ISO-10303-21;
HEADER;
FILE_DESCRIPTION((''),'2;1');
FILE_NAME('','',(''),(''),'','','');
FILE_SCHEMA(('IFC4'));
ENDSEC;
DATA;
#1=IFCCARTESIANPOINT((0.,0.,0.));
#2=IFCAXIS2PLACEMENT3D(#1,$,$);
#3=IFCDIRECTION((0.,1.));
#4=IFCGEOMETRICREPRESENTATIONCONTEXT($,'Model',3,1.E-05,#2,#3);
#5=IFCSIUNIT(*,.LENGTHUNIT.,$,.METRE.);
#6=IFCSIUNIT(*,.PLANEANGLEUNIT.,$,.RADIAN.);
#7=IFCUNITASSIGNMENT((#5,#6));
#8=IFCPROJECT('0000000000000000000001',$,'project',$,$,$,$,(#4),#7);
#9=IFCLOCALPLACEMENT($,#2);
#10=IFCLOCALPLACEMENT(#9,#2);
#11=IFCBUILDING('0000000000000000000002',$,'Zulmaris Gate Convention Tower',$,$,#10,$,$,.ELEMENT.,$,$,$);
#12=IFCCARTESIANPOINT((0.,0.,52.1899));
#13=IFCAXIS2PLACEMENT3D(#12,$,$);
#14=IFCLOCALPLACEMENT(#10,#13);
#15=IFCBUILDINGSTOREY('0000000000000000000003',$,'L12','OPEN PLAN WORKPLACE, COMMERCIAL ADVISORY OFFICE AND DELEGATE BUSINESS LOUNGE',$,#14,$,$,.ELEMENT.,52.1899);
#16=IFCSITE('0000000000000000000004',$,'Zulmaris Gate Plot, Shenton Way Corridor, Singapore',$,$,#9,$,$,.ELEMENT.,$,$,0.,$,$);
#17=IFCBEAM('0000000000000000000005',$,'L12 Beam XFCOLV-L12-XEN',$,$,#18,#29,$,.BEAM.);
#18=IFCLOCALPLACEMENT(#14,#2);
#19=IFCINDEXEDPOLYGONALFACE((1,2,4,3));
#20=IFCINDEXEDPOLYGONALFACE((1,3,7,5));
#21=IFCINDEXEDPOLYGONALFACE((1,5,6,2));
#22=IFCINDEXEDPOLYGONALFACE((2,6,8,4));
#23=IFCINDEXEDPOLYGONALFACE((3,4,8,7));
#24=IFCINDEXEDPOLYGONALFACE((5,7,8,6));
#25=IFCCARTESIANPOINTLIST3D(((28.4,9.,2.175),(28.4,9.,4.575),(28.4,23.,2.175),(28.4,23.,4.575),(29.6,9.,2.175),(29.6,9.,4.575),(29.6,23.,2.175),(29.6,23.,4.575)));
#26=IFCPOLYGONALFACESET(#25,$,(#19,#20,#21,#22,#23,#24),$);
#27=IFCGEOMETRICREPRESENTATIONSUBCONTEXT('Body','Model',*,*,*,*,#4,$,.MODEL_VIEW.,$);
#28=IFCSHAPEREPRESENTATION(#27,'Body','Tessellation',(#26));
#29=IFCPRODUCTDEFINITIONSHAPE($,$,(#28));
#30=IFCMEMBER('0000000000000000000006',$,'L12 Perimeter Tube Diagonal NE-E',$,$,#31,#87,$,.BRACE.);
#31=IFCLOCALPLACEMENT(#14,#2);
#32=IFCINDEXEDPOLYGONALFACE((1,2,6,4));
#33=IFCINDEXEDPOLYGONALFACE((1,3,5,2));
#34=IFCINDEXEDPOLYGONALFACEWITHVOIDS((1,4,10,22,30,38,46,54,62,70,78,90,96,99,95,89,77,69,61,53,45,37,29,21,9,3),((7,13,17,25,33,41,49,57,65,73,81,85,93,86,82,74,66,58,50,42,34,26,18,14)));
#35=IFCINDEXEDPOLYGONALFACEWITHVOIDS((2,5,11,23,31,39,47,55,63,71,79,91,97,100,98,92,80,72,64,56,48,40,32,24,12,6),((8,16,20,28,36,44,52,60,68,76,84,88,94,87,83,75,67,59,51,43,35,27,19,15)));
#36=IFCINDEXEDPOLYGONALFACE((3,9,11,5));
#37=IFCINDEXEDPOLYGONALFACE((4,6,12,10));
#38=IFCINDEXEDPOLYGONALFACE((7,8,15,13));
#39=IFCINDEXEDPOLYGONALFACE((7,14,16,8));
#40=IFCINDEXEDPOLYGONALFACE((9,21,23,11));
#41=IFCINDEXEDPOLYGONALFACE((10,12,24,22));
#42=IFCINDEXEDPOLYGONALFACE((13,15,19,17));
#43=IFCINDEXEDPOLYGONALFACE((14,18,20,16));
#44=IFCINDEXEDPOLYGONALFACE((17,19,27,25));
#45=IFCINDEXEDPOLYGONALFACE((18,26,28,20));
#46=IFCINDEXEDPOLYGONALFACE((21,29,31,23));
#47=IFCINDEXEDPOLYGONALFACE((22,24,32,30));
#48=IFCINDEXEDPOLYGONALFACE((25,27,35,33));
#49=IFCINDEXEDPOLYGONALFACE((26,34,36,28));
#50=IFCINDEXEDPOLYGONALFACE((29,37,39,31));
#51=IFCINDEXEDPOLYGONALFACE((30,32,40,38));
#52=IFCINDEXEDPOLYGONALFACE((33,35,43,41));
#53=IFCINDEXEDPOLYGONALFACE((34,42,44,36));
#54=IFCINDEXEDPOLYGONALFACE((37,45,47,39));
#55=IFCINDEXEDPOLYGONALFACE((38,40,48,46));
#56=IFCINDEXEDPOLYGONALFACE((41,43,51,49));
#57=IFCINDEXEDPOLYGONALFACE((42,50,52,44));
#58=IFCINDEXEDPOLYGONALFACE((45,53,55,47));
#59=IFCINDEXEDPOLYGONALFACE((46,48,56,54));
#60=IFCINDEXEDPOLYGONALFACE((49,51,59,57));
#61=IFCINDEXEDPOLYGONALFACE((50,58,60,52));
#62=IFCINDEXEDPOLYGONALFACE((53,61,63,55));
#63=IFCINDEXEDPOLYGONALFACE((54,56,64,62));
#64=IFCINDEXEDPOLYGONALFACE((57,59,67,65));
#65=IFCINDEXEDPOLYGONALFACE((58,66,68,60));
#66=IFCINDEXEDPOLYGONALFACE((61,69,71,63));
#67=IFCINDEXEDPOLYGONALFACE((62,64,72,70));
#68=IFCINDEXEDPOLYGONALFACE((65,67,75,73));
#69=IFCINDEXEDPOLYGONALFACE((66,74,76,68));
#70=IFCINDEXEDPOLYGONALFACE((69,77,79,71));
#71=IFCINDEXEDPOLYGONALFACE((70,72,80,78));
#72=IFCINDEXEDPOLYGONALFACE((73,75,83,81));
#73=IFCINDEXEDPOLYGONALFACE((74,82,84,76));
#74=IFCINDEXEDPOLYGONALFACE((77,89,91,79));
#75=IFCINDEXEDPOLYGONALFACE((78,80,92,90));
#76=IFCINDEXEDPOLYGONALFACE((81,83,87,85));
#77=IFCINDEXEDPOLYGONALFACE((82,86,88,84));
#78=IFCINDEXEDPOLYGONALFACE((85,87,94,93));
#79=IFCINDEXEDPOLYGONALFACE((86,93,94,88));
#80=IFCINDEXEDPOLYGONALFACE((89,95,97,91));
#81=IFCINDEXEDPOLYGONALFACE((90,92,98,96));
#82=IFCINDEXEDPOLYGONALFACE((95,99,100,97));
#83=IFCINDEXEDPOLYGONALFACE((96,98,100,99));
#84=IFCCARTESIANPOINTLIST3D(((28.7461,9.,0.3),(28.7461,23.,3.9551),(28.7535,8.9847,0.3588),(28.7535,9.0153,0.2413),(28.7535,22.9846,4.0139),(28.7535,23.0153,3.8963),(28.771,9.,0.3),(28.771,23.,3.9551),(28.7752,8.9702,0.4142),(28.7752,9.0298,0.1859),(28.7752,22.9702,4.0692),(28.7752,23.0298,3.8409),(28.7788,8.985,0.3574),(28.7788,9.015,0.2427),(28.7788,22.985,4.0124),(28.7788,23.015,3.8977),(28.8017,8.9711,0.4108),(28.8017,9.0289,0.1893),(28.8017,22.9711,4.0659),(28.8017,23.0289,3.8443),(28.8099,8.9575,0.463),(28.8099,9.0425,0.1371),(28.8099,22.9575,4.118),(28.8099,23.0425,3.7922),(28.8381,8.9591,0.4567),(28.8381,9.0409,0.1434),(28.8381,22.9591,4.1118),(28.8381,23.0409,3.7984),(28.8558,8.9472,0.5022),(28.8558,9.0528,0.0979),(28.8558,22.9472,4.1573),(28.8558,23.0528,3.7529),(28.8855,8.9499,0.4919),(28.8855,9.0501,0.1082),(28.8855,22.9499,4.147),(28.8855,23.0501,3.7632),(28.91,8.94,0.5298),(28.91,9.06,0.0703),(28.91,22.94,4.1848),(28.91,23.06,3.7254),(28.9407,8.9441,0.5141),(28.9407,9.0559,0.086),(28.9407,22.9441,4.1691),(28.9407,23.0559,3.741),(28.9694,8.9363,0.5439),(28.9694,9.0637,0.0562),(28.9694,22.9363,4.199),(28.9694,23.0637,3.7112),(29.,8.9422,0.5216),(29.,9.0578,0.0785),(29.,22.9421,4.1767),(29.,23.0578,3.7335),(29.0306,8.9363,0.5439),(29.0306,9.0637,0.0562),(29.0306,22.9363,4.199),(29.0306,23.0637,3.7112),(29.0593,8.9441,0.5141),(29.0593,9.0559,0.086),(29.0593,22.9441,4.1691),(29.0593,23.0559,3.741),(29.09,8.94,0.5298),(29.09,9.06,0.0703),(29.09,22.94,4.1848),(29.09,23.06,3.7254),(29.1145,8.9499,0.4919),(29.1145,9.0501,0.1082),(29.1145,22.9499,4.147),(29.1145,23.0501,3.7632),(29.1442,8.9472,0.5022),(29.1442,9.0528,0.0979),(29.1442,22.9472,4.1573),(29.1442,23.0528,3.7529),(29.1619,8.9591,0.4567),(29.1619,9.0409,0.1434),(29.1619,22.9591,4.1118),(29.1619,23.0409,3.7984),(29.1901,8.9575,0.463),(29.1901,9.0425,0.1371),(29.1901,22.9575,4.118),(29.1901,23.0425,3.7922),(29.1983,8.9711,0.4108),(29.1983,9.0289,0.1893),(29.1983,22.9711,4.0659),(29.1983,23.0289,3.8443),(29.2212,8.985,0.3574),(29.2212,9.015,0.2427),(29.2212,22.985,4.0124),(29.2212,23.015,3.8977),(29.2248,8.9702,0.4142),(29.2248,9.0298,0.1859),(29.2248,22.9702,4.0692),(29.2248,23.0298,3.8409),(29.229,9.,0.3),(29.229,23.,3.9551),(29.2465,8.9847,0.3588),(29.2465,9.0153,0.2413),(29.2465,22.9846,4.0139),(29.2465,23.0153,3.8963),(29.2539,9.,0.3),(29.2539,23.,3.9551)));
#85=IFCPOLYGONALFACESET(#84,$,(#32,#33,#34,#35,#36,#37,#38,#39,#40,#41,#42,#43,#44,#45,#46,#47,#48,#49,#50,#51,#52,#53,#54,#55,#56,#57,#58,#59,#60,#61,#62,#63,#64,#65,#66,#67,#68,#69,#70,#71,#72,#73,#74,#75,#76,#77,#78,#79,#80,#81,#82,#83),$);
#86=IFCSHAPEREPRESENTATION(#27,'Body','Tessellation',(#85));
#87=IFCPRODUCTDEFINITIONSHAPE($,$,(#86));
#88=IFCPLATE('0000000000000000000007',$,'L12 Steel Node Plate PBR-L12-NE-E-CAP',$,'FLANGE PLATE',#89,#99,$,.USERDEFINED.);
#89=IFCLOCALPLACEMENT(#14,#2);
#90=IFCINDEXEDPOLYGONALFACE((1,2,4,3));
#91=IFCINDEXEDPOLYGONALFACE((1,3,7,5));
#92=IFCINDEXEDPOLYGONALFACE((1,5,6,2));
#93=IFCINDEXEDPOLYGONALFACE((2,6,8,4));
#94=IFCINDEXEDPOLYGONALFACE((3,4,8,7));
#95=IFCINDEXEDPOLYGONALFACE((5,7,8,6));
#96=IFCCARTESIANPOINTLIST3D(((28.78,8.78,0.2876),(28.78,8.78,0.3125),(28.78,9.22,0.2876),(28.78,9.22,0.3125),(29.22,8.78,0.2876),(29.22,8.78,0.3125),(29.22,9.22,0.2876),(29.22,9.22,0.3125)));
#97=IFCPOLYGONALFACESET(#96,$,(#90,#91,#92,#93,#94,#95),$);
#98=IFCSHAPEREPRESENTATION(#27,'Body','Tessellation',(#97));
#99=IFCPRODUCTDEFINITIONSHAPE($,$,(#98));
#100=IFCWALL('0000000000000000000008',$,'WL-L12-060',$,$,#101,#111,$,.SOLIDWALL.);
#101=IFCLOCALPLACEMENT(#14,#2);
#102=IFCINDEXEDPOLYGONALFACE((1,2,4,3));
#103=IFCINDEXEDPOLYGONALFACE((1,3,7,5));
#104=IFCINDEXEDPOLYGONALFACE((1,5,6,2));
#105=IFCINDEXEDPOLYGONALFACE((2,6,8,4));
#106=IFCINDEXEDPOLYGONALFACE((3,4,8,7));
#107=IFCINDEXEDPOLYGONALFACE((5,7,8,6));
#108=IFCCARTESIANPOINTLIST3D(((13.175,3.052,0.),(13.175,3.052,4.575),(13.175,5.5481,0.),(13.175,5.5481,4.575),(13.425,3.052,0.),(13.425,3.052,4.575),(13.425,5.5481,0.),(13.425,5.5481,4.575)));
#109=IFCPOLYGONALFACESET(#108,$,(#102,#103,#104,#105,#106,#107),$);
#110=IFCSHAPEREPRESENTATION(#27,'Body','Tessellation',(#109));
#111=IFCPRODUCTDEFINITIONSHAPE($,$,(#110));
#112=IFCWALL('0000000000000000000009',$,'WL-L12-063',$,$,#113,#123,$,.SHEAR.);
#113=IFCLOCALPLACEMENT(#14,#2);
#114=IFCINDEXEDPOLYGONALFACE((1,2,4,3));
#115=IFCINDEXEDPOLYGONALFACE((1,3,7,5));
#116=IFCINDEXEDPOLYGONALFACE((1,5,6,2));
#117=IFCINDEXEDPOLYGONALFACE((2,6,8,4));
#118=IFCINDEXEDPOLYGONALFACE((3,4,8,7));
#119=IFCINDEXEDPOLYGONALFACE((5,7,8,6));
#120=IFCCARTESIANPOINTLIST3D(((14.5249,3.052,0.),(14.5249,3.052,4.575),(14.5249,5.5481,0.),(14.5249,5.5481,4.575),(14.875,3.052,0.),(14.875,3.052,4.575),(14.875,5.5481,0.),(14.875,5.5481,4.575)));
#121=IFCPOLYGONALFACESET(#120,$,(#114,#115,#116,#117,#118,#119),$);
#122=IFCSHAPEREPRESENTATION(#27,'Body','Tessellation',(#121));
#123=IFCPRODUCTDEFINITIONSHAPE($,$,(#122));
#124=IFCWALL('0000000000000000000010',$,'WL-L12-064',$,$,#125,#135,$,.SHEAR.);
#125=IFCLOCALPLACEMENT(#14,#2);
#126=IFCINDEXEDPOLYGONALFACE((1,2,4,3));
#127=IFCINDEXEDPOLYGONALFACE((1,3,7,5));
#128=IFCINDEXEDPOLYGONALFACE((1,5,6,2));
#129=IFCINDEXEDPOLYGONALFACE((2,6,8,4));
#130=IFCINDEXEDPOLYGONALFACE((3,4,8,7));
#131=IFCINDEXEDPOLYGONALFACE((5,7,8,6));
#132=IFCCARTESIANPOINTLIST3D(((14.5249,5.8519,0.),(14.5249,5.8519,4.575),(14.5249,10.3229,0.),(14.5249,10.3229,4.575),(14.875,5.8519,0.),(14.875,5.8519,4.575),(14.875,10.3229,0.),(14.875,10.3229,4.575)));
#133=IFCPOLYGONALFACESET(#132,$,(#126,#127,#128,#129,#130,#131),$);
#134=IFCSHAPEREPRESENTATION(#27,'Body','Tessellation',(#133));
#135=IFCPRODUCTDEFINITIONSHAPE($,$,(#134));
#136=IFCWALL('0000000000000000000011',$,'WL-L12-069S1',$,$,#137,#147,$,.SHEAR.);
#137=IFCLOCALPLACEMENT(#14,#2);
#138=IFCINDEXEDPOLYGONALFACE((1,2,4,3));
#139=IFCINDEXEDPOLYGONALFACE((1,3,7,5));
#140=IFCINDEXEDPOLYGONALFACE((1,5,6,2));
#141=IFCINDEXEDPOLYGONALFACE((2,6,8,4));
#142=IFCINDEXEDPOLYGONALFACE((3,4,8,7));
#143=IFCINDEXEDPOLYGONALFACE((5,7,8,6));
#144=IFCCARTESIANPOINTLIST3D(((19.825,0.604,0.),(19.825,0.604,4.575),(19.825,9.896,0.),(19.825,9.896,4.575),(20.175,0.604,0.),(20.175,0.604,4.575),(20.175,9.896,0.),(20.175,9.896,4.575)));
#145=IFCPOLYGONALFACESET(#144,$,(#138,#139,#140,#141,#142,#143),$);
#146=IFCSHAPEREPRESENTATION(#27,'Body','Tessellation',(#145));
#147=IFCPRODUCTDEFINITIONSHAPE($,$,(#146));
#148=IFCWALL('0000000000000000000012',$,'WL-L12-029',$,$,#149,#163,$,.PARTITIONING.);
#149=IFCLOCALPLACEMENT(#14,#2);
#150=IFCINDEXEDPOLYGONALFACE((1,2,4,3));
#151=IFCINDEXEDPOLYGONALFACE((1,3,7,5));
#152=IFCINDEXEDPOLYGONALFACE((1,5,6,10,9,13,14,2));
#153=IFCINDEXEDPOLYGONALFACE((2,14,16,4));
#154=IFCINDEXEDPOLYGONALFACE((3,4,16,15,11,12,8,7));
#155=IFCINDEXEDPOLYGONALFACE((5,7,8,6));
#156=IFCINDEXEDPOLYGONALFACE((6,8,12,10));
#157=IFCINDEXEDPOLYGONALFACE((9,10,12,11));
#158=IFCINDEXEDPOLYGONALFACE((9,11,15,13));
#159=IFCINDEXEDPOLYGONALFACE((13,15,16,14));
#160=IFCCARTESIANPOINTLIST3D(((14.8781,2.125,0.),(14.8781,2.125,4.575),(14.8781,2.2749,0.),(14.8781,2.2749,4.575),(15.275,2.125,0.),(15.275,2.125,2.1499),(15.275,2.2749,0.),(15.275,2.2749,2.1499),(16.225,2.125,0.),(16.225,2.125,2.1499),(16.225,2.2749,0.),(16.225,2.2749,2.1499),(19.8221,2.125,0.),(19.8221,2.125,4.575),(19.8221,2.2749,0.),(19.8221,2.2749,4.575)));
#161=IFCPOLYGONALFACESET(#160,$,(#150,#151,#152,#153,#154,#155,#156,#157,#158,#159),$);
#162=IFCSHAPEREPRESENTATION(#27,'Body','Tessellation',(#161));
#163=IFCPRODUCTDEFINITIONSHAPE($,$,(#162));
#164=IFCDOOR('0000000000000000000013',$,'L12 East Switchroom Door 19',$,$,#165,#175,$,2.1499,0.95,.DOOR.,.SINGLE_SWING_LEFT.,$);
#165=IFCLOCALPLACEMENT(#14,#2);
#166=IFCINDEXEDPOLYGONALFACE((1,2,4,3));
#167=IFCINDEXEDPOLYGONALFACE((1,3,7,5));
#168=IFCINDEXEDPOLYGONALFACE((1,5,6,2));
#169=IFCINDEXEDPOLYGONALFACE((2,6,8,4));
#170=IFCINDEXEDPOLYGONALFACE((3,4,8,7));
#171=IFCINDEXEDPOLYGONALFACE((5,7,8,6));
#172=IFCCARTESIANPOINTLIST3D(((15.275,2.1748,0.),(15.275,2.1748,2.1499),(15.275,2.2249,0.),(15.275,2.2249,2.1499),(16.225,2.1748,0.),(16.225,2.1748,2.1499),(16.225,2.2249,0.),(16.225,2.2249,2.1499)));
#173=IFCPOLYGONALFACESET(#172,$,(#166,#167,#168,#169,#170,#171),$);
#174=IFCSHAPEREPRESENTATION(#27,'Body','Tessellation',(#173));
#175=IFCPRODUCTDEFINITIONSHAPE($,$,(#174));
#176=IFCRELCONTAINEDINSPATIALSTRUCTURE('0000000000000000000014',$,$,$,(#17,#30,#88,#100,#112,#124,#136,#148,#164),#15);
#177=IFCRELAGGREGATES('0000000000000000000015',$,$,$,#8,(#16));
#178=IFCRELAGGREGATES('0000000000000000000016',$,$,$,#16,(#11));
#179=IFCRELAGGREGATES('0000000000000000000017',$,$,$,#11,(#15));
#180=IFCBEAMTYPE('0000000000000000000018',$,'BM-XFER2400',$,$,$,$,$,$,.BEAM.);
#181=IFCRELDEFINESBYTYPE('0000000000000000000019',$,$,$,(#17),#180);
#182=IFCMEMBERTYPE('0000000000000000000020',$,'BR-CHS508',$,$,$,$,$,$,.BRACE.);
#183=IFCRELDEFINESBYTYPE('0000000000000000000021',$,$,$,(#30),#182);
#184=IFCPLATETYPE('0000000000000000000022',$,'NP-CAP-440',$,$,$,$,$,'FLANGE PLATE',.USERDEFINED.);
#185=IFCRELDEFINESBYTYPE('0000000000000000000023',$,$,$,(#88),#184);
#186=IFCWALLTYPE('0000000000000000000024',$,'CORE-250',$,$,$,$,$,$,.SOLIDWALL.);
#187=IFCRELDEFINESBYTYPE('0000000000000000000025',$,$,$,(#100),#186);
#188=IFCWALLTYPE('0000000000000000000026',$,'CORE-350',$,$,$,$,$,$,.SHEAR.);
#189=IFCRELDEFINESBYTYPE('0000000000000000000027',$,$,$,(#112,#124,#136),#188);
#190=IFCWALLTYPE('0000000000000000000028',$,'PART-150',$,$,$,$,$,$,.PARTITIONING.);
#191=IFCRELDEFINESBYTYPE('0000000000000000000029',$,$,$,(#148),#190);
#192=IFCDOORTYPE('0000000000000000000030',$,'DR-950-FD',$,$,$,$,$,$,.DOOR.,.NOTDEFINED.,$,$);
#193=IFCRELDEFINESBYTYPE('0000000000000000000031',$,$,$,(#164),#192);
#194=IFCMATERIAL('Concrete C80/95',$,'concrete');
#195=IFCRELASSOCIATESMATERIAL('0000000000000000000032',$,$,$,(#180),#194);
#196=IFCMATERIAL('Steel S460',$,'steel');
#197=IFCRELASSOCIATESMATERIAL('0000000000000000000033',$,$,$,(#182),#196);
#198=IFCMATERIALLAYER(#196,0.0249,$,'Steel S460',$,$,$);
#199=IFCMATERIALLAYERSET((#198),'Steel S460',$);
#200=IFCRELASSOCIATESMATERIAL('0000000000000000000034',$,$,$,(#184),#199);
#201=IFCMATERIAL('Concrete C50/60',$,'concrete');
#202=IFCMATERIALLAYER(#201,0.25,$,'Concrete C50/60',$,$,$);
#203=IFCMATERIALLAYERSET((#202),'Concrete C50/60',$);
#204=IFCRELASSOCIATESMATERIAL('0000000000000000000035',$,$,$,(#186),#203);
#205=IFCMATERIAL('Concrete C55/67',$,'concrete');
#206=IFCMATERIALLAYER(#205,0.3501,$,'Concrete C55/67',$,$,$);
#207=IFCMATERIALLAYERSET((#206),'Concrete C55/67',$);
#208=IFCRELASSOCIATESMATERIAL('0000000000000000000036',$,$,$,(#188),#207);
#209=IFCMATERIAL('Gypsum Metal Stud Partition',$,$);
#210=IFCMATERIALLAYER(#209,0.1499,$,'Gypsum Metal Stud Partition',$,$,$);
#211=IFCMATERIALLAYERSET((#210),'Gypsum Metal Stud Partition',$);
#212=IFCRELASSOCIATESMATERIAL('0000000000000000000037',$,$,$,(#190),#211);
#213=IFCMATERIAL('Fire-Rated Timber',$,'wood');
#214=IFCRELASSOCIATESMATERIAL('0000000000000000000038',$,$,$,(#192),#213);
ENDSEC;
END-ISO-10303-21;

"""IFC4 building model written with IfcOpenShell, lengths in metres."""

from ifc_helpers import new_model, si_unit, direction, frame, frame_2d, origin, origin_2d, place, context, subcontext, project, spatial, rectangle, hollow_circle, extrude, material, layer, layer_set, material_profile, profile_set, type_object, element, fill, save


model = new_model("IFC4")

# Units and contexts
model_context = context("Model", 3, precision=1e-05, world=origin(), true_north=direction((0.0, 1.0)))
body_context = subcontext(model_context, "Body", "Model", "MODEL_VIEW")
ifc_project = project(units=[si_unit("LENGTHUNIT", "METRE"), si_unit("PLANEANGLEUNIT", "RADIAN")], contexts=[model_context])

# Site, building, storey
site_placement = place(None, origin())
site = spatial("IfcSite", under=ifc_project, at=site_placement, Name="Zulmaris Gate Plot, Shenton Way Corridor, Singapore", CompositionType="ELEMENT", RefElevation=0.0)
building_placement = place(site_placement, origin())
building = spatial("IfcBuilding", under=site, at=building_placement, Name="Zulmaris Gate Convention Tower", CompositionType="ELEMENT")
storey_placement = place(building_placement, frame((0.0, 0.0, 52.1899)))
storey = spatial("IfcBuildingStorey", under=building, at=storey_placement, Name="L12", Description="OPEN PLAN WORKPLACE, COMMERCIAL ADVISORY OFFICE AND DELEGATE BUSINESS LOUNGE", CompositionType="ELEMENT", Elevation=52.1899)

# Shared definitions
ifc_material_1 = material(Name="Concrete C80/95", Category="concrete")

# Beam
ifc_material_profile_1 = material_profile(ifc_material_1, rectangle(XDim=1.2, YDim=2.3999, at=origin_2d()), Name="RC TRANSFER 1200x2400")
ifc_profile_set_1 = profile_set([ifc_material_profile_1], Name="Concrete C80/95")
beam_type_1 = type_object("IfcBeamType", Name="BM-XFER2400", PredefinedType="BEAM", material=ifc_profile_set_1)
beam_1_placement = place(storey_placement, frame((29.0, 9.0, 3.375), z_axis=(0.0, 1.0, 0.0), x_axis=(-1.0, 0.0, 0.0)))
element("IfcBeam", 1, at=beam_1_placement, inside=storey, type_object=beam_type_1, Name="L12 Beam XFCOLV-L12-XEN", PredefinedType="BEAM", context=body_context, shape_type="SweptSolid", body=[
    extrude(rectangle(XDim=1.2, YDim=2.3999, at=origin_2d()), origin(), (0.0, 0.0, 1.0), 14.0),
])

# Member
ifc_material_2 = material(Name="Steel S460", Category="steel")
ifc_material_profile_2 = material_profile(ifc_material_2, hollow_circle(Radius=0.2539, WallThickness=0.0249, at=origin_2d()), Name="CHS 508x25")
ifc_profile_set_2 = profile_set([ifc_material_profile_2], Name="Steel S460")
member_type = type_object("IfcMemberType", Name="BR-CHS508", PredefinedType="BRACE", material=ifc_profile_set_2)
member_placement = place(storey_placement, frame((29.0, 9.0, 0.3), z_axis=(0.0, 0.967569, 0.252607), x_axis=(-1.0, 0.0, 0.0)))
element("IfcMember", 2, at=member_placement, inside=storey, type_object=member_type, Name="L12 Perimeter Tube Diagonal NE-E", PredefinedType="BRACE", context=body_context, shape_type="SweptSolid", body=[
    extrude(hollow_circle(Radius=0.2539, WallThickness=0.0249, at=origin_2d()), origin(), (0.0, 0.0, 1.0), 14.4692),
])

# Plate
ifc_layer_1 = layer(ifc_material_2, 0.0249, Name="Steel S460")
ifc_layer_set_1 = layer_set([ifc_layer_1], Name="Steel S460")
plate_type = type_object("IfcPlateType", Name="NP-CAP-440", ElementType="FLANGE PLATE", PredefinedType="USERDEFINED", material=ifc_layer_set_1)
plate_placement = place(storey_placement, frame((29.0, 9.0, 0.2876), z_axis=(0.0, 0.0, 1.0), x_axis=(1.0, 0.0, 0.0)))
element("IfcPlate", 3, at=plate_placement, inside=storey, type_object=plate_type, Name="L12 Steel Node Plate PBR-L12-NE-E-CAP", ObjectType="FLANGE PLATE", PredefinedType="USERDEFINED", context=body_context, shape_type="SweptSolid", body=[
    extrude(rectangle(XDim=0.4399, YDim=0.4399, at=origin_2d()), origin(), (0.0, 0.0, 1.0), 0.0249),
])

# Walls
ifc_material_3 = material(Name="Concrete C50/60", Category="concrete")
ifc_layer_2 = layer(ifc_material_3, 0.25, Name="Concrete C50/60")
ifc_layer_set_2 = layer_set([ifc_layer_2], Name="Concrete C50/60")
wall_type_1 = type_object("IfcWallType", Name="CORE-250", PredefinedType="SOLIDWALL", material=ifc_layer_set_2)
wall_1_placement = place(storey_placement, frame((13.3, 3.052, 0.0), z_axis=(0.0, 0.0, 1.0), x_axis=(0.0, 1.0, 0.0)))
element("IfcWall", 4, at=wall_1_placement, inside=storey, type_object=wall_type_1, Name="WL-L12-060", PredefinedType="SOLIDWALL", context=body_context, shape_type="SweptSolid", body=[
    extrude(rectangle(XDim=2.4961, YDim=0.25, at=frame_2d((1.248, 0.0))), origin(), (0.0, 0.0, 1.0), 4.575),
])
ifc_material_4 = material(Name="Concrete C55/67", Category="concrete")
ifc_layer_3 = layer(ifc_material_4, 0.3501, Name="Concrete C55/67")
ifc_layer_set_3 = layer_set([ifc_layer_3], Name="Concrete C55/67")
wall_type_2 = type_object("IfcWallType", Name="CORE-350", PredefinedType="SHEAR", material=ifc_layer_set_3)
wall_2_placement = place(storey_placement, frame((14.7, 3.052, 0.0), z_axis=(0.0, 0.0, 1.0), x_axis=(0.0, 1.0, 0.0)))
element("IfcWall", 5, at=wall_2_placement, inside=storey, type_object=wall_type_2, Name="WL-L12-063", PredefinedType="SHEAR", context=body_context, shape_type="SweptSolid", body=[
    extrude(rectangle(XDim=2.4961, YDim=0.3501, at=frame_2d((1.248, 0.0))), origin(), (0.0, 0.0, 1.0), 4.575),
])
wall_3_placement = place(storey_placement, frame((14.7, 5.8521, 0.0), z_axis=(0.0, 0.0, 1.0), x_axis=(0.0, 1.0, 0.0)))
element("IfcWall", 6, at=wall_3_placement, inside=storey, type_object=wall_type_2, Name="WL-L12-064", PredefinedType="SHEAR", context=body_context, shape_type="SweptSolid", body=[
    extrude(rectangle(XDim=4.4709, YDim=0.3501, at=frame_2d((2.2354, 0.0))), origin(), (0.0, 0.0, 1.0), 4.575),
])
wall_4_placement = place(storey_placement, frame((20.0, 0.604, 0.0), z_axis=(0.0, 0.0, 1.0), x_axis=(0.0, 1.0, 0.0)))
element("IfcWall", 7, at=wall_4_placement, inside=storey, type_object=wall_type_2, Name="WL-L12-069S1", PredefinedType="SHEAR", context=body_context, shape_type="SweptSolid", body=[
    extrude(rectangle(XDim=9.292, YDim=0.3501, at=frame_2d((4.646, 0.0))), origin(), (0.0, 0.0, 1.0), 4.575),
])

# Wall, opening, door
ifc_material_5 = material(Name="Gypsum Metal Stud Partition")
ifc_layer_4 = layer(ifc_material_5, 0.1499, Name="Gypsum Metal Stud Partition")
ifc_layer_set_4 = layer_set([ifc_layer_4], Name="Gypsum Metal Stud Partition")
wall_type_3 = type_object("IfcWallType", Name="PART-150", PredefinedType="PARTITIONING", material=ifc_layer_set_4)
wall_5_placement = place(storey_placement, frame((14.8779, 2.2, 0.0), z_axis=(0.0, 0.0, 1.0), x_axis=(1.0, 0.0, 0.0)))
wall_5 = element("IfcWall", 8, at=wall_5_placement, inside=storey, type_object=wall_type_3, Name="WL-L12-029", PredefinedType="PARTITIONING", context=body_context, shape_type="SweptSolid", body=[
    extrude(rectangle(XDim=4.9441, YDim=0.1499, at=frame_2d((2.4722, 0.0))), origin(), (0.0, 0.0, 1.0), 4.575),
])
opening_1_placement = place(wall_5_placement, frame((0.397, 0.0, 0.0)))
opening_1 = element("IfcOpeningElement", 9, at=opening_1_placement, cuts=wall_5, PredefinedType="OPENING", context=body_context, shape_type="SweptSolid", body=[
    extrude(rectangle(XDim=0.95, YDim=2.1499, at=frame_2d((0.4751, 1.075))), frame((0.0, 0.085, 0.0), z_axis=(0.0, -1.0, 0.0), x_axis=(1.0, 0.0, 0.0)), (0.0, 0.0, 1.0), 0.1699),
])
ifc_material_6 = material(Name="Fire-Rated Timber", Category="wood")
door_type = type_object("IfcDoorType", Name="DR-950-FD", OperationType="NOTDEFINED", PredefinedType="DOOR", material=ifc_material_6)
door_1_placement = place(opening_1_placement, origin())
door_1 = element("IfcDoor", 10, at=door_1_placement, inside=storey, type_object=door_type, Name="L12 East Switchroom Door 19", OperationType="SINGLE_SWING_LEFT", OverallHeight=2.1499, OverallWidth=0.95, PredefinedType="DOOR", context=body_context, shape_type="SweptSolid", body=[
    extrude(rectangle(XDim=0.95, YDim=2.1499, at=frame_2d((0.4751, 1.075))), frame((0.0, 0.0249, 0.0), z_axis=(0.0, -1.0, 0.0), x_axis=(1.0, 0.0, 0.0)), (0.0, 0.0, 1.0), 0.05),
])
fill(opening_1, door_1)

save(model, "model.ifc")
